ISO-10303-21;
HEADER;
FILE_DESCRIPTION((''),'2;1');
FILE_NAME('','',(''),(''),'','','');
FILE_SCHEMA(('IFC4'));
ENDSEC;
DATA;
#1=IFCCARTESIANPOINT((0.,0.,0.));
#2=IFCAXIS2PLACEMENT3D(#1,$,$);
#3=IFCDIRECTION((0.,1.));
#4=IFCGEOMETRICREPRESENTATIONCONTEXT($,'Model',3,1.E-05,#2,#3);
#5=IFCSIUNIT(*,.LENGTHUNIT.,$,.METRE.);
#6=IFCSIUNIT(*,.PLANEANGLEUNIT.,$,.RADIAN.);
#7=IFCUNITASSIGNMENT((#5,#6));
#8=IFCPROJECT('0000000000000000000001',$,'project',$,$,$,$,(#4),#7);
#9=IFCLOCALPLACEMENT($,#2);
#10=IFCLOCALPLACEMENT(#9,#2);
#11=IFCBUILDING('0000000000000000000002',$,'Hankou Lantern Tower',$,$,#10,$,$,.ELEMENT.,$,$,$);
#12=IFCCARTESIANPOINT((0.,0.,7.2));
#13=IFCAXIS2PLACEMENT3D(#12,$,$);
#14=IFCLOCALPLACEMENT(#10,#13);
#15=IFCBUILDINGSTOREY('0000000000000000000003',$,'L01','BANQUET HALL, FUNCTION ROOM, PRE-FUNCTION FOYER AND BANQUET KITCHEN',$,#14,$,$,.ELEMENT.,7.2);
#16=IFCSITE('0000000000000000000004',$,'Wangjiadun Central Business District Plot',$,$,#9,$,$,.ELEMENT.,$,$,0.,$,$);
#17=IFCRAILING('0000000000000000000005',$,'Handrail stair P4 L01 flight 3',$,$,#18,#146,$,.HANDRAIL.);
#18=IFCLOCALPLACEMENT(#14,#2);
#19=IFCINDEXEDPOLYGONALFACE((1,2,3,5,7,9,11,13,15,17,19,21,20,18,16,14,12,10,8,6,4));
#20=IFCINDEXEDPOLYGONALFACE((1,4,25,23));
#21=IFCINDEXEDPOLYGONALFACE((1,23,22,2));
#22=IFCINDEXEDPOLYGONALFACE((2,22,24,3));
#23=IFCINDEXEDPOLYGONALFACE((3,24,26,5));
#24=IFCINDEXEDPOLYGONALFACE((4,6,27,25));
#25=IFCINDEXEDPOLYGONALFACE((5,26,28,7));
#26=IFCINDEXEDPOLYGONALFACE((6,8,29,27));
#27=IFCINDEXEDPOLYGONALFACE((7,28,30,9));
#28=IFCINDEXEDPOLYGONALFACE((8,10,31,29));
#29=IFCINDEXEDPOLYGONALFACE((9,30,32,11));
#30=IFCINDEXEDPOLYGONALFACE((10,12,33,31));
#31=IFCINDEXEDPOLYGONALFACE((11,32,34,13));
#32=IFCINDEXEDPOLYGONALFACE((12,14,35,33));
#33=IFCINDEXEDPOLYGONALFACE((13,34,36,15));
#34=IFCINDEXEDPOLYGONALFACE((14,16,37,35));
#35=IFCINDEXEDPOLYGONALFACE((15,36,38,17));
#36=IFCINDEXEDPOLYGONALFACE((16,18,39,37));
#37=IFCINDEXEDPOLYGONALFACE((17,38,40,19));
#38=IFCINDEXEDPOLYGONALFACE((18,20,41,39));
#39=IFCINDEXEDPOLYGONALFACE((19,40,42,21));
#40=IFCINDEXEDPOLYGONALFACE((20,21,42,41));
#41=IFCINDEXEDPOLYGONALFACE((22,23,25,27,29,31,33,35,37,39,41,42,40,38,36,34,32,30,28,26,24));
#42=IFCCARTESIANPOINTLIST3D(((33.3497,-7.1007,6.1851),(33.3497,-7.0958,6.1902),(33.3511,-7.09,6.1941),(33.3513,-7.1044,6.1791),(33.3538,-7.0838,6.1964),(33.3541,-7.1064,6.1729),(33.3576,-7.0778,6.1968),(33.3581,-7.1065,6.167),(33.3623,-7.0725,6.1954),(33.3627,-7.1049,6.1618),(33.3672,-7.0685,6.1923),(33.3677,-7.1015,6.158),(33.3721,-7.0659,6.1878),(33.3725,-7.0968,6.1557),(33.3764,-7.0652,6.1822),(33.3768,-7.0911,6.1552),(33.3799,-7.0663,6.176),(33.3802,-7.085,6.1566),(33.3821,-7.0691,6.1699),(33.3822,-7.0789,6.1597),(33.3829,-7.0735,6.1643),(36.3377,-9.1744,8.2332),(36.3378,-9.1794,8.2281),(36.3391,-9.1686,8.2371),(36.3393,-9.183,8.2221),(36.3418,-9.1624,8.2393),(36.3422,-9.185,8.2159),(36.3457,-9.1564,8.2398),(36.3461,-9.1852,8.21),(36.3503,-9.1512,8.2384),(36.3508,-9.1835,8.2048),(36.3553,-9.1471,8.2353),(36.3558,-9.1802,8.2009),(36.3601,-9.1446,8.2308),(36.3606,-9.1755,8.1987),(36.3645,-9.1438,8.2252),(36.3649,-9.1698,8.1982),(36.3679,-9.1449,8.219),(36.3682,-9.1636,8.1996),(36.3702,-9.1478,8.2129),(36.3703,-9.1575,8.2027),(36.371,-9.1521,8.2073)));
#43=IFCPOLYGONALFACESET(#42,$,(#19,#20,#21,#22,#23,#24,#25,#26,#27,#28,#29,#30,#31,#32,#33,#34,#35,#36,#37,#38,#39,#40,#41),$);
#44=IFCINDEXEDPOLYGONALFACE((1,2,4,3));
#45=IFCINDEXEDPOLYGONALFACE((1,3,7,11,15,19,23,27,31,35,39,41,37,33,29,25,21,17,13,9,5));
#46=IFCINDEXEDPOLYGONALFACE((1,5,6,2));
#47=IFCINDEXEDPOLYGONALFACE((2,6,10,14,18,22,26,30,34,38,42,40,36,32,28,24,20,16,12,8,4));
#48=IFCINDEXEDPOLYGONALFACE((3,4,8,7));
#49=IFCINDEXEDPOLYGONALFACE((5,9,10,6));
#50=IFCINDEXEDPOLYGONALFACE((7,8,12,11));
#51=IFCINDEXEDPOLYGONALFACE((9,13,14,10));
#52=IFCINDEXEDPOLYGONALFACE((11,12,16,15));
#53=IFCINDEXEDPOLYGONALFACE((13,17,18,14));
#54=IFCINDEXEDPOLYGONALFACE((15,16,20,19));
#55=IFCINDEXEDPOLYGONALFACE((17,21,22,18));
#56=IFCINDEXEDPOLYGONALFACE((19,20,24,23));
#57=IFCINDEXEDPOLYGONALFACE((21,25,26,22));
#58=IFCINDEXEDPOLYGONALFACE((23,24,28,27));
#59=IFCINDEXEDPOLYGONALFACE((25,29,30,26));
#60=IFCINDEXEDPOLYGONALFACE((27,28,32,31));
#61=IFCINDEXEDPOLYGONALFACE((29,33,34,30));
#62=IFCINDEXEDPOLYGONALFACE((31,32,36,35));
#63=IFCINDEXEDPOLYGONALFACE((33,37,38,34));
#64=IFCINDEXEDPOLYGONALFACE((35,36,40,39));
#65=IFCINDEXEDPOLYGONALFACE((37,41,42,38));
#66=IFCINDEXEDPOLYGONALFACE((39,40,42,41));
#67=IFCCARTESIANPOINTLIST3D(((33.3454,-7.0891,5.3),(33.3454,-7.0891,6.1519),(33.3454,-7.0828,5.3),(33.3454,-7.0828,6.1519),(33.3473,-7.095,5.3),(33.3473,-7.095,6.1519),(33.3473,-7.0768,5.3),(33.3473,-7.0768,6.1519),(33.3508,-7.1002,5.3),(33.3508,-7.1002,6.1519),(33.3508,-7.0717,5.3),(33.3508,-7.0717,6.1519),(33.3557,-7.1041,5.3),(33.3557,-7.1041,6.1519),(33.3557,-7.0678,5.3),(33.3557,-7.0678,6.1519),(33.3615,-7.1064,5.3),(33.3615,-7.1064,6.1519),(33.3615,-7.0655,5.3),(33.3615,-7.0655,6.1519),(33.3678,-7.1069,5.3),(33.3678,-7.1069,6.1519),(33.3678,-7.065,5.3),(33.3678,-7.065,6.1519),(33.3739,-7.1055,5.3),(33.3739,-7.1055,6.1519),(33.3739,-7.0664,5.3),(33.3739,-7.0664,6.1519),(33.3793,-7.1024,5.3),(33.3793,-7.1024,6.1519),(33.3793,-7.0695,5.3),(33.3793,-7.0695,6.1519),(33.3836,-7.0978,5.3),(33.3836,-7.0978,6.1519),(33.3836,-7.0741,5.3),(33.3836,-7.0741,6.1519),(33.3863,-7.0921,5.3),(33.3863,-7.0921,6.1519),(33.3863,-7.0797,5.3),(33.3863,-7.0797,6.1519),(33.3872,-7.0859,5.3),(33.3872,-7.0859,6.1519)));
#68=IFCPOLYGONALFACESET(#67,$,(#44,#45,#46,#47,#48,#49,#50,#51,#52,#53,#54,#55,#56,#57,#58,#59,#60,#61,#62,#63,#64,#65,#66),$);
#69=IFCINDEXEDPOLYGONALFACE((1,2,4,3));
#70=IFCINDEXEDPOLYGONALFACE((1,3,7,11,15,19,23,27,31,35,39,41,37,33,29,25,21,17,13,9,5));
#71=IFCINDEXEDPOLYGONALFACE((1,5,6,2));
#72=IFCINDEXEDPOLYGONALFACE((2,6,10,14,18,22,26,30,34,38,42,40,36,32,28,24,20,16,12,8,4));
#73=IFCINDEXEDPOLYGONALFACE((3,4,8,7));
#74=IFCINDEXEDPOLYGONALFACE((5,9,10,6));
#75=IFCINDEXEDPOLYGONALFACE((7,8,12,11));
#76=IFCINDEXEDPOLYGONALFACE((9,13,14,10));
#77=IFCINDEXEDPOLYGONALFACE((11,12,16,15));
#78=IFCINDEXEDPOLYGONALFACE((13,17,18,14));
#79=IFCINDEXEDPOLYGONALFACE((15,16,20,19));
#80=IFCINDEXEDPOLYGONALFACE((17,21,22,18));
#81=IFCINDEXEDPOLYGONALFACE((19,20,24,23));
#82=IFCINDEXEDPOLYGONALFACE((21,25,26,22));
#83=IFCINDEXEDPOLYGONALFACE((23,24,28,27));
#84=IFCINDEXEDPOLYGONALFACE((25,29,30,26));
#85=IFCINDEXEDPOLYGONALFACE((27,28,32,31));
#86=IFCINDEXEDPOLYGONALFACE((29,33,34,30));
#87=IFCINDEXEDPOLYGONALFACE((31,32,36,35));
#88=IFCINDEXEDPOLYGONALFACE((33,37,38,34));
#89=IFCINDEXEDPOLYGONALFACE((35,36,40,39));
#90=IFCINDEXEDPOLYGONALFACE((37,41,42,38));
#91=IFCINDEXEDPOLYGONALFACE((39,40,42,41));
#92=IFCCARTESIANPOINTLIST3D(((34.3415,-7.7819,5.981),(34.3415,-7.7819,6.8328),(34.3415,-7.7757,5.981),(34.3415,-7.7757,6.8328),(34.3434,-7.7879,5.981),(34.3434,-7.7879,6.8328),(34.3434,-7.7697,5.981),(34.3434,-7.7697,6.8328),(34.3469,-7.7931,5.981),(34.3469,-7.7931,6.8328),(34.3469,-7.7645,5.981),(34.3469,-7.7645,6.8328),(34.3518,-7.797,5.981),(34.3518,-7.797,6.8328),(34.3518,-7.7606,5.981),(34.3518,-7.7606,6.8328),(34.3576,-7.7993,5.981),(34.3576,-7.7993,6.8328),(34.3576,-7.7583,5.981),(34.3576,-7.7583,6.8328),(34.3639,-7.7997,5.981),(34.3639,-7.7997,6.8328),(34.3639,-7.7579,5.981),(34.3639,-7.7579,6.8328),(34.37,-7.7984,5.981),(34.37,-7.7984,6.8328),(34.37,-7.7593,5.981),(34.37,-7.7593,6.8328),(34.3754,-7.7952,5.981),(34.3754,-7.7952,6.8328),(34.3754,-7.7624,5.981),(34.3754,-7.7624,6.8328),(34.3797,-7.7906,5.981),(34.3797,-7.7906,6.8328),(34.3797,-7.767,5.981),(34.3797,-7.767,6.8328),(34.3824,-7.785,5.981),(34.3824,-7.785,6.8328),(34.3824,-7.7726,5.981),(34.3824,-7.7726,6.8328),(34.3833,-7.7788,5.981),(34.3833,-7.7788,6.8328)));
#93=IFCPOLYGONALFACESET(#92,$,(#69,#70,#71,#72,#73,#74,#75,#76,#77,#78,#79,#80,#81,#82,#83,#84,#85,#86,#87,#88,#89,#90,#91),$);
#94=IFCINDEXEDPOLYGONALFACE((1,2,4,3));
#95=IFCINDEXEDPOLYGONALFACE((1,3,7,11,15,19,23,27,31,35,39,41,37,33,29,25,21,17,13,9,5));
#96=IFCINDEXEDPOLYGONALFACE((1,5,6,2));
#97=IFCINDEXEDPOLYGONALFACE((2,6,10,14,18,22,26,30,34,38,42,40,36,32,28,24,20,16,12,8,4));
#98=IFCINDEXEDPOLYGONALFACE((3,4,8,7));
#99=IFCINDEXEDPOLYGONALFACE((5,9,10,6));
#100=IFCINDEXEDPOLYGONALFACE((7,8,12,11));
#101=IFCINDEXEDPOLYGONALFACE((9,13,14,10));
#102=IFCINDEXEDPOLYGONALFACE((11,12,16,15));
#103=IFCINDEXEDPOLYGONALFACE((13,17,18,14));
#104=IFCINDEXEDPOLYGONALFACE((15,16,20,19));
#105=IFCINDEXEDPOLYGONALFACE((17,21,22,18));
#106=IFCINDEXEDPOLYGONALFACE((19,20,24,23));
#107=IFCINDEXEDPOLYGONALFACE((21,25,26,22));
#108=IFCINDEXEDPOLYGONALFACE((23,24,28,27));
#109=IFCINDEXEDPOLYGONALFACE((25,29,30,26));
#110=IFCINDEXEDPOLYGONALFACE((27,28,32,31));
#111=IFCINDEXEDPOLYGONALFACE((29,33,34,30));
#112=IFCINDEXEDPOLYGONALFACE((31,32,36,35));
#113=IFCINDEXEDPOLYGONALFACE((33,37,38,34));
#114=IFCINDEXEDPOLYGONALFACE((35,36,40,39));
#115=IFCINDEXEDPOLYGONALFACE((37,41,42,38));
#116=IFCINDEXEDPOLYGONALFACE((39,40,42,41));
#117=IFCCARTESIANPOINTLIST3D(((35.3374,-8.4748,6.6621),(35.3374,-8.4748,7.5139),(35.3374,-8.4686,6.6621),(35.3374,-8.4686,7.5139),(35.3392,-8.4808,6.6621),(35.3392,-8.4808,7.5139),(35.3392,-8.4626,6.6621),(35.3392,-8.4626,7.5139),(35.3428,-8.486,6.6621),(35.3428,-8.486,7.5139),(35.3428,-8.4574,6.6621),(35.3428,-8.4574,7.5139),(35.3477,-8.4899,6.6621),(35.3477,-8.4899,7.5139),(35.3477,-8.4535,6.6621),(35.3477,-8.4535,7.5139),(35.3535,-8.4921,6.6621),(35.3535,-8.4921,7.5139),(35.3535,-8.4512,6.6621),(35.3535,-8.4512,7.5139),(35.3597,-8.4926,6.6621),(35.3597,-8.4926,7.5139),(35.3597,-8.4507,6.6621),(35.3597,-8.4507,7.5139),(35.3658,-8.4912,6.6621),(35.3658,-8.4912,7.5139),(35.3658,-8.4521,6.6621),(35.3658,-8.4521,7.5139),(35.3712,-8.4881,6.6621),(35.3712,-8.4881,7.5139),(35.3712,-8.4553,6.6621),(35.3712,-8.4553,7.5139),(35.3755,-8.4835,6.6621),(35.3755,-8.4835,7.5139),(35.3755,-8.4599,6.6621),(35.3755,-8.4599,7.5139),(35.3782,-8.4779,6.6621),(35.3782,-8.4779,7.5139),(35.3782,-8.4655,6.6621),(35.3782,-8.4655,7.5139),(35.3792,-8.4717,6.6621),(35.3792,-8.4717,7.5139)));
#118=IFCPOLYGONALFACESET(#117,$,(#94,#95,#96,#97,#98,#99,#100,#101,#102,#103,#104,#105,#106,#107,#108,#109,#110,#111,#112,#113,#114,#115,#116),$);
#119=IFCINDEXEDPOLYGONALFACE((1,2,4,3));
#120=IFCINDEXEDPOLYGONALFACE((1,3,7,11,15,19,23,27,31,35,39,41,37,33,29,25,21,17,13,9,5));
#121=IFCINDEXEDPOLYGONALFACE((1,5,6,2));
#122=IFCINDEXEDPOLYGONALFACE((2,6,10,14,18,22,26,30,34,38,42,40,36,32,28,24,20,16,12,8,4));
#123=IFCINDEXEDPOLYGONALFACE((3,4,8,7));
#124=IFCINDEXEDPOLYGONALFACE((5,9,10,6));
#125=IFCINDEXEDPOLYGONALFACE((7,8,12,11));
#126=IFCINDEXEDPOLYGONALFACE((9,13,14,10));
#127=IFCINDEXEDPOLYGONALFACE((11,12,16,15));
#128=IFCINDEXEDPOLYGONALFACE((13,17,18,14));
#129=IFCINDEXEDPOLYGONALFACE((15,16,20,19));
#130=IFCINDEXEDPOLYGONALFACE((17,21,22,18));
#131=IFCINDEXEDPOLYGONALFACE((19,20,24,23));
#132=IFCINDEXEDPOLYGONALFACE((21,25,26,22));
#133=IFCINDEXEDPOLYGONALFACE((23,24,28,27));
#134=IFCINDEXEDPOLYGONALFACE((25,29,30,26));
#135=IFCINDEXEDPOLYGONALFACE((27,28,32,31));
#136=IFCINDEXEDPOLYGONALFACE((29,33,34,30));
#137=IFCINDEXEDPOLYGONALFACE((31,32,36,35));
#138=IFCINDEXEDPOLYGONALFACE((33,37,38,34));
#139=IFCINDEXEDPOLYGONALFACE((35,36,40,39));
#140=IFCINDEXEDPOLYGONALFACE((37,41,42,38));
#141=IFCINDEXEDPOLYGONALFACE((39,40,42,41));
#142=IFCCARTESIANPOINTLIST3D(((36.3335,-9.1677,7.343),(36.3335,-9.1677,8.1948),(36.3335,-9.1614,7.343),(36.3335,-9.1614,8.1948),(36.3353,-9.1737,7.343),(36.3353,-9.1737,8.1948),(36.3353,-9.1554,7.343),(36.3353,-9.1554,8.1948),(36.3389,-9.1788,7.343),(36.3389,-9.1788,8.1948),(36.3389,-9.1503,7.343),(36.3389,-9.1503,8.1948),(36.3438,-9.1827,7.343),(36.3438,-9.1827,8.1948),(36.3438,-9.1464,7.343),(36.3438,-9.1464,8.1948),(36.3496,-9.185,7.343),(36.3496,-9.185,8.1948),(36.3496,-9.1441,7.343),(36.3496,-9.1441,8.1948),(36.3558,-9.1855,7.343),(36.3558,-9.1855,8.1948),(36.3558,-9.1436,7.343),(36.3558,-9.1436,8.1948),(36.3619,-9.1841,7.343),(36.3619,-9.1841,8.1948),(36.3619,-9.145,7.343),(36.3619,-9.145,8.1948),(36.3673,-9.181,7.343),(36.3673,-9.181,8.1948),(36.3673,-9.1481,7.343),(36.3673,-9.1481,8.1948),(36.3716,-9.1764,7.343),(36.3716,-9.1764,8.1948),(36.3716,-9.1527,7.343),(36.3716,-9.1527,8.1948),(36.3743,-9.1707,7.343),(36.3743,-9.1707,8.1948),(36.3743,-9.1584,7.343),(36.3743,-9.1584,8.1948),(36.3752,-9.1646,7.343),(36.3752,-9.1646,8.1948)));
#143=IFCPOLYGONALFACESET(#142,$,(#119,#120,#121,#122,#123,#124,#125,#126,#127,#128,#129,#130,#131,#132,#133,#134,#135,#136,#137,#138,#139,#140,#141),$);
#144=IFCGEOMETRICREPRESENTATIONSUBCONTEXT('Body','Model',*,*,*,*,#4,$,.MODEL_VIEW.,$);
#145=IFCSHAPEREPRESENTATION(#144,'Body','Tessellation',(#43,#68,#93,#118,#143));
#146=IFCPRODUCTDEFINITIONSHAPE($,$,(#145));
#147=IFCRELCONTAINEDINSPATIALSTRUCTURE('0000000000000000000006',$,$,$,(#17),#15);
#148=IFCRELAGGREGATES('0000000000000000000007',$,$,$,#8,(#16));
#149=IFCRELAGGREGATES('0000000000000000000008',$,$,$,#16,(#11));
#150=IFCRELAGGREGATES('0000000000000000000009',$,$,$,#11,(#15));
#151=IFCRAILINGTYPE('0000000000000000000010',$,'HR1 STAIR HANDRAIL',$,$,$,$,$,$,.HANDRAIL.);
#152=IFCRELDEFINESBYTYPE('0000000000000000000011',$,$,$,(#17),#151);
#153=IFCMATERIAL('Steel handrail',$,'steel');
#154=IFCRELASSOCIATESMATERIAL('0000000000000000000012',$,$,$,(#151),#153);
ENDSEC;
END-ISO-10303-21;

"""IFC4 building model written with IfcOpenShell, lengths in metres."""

from ifc_helpers import new_model, si_unit, direction, frame, origin, origin_2d, place, context, subcontext, project, spatial, circle, extrude, material, type_object, element, save


model = new_model("IFC4")

# Units and contexts
model_context = context("Model", 3, precision=1e-05, world=origin(), true_north=direction((0.0, 1.0)))
body_context = subcontext(model_context, "Body", "Model", "MODEL_VIEW")
ifc_project = project(units=[si_unit("LENGTHUNIT", "METRE"), si_unit("PLANEANGLEUNIT", "RADIAN")], contexts=[model_context])

# Site, building, storey
site_placement = place(None, origin())
site = spatial("IfcSite", under=ifc_project, at=site_placement, Name="Wangjiadun Central Business District Plot", CompositionType="ELEMENT", RefElevation=0.0)
building_placement = place(site_placement, origin())
building = spatial("IfcBuilding", under=site, at=building_placement, Name="Hankou Lantern Tower", CompositionType="ELEMENT")
storey_placement = place(building_placement, frame((0.0, 0.0, 7.2)))
storey = spatial("IfcBuildingStorey", under=building, at=storey_placement, Name="L01", Description="BANQUET HALL, FUNCTION ROOM, PRE-FUNCTION FOYER AND BANQUET KITCHEN", CompositionType="ELEMENT", Elevation=7.2)

# Railing
ifc_material_1 = material(Name="Steel handrail", Category="steel")
railing_type = type_object("IfcRailingType", Name="HR1 STAIR HANDRAIL", PredefinedType="HANDRAIL", material=ifc_material_1)
railing_1_placement = place(storey_placement, frame((33.3662, -7.0859, 5.3)))
element("IfcRailing", 1, at=railing_1_placement, inside=storey, type_object=railing_type, Name="Handrail stair P4 L01 flight 3", PredefinedType="HANDRAIL", context=body_context, shape_type="SweptSolid", body=[
    extrude(circle(Radius=0.0239, at=origin_2d()), frame((0.0, 0.0, 0.876), z_axis=(0.71586, -0.497984, 0.489445), x_axis=(0.571061, 0.820908, 0.0)), (0.0, 0.0, 1.0), 4.1741),
    extrude(circle(Radius=0.021, at=origin_2d()), origin(), (0.0, 0.0, 1.0), 0.8518),
    extrude(circle(Radius=0.021, at=origin_2d()), frame((0.9961, -0.6929, 0.6809)), (0.0, 0.0, 1.0), 0.8518),
    extrude(circle(Radius=0.021, at=origin_2d()), frame((1.9919, -1.3857, 1.3621)), (0.0, 0.0, 1.0), 0.8518),
    extrude(circle(Radius=0.021, at=origin_2d()), frame((2.988, -2.0786, 2.043)), (0.0, 0.0, 1.0), 0.8518),
])

save(model, "model.ifc")
